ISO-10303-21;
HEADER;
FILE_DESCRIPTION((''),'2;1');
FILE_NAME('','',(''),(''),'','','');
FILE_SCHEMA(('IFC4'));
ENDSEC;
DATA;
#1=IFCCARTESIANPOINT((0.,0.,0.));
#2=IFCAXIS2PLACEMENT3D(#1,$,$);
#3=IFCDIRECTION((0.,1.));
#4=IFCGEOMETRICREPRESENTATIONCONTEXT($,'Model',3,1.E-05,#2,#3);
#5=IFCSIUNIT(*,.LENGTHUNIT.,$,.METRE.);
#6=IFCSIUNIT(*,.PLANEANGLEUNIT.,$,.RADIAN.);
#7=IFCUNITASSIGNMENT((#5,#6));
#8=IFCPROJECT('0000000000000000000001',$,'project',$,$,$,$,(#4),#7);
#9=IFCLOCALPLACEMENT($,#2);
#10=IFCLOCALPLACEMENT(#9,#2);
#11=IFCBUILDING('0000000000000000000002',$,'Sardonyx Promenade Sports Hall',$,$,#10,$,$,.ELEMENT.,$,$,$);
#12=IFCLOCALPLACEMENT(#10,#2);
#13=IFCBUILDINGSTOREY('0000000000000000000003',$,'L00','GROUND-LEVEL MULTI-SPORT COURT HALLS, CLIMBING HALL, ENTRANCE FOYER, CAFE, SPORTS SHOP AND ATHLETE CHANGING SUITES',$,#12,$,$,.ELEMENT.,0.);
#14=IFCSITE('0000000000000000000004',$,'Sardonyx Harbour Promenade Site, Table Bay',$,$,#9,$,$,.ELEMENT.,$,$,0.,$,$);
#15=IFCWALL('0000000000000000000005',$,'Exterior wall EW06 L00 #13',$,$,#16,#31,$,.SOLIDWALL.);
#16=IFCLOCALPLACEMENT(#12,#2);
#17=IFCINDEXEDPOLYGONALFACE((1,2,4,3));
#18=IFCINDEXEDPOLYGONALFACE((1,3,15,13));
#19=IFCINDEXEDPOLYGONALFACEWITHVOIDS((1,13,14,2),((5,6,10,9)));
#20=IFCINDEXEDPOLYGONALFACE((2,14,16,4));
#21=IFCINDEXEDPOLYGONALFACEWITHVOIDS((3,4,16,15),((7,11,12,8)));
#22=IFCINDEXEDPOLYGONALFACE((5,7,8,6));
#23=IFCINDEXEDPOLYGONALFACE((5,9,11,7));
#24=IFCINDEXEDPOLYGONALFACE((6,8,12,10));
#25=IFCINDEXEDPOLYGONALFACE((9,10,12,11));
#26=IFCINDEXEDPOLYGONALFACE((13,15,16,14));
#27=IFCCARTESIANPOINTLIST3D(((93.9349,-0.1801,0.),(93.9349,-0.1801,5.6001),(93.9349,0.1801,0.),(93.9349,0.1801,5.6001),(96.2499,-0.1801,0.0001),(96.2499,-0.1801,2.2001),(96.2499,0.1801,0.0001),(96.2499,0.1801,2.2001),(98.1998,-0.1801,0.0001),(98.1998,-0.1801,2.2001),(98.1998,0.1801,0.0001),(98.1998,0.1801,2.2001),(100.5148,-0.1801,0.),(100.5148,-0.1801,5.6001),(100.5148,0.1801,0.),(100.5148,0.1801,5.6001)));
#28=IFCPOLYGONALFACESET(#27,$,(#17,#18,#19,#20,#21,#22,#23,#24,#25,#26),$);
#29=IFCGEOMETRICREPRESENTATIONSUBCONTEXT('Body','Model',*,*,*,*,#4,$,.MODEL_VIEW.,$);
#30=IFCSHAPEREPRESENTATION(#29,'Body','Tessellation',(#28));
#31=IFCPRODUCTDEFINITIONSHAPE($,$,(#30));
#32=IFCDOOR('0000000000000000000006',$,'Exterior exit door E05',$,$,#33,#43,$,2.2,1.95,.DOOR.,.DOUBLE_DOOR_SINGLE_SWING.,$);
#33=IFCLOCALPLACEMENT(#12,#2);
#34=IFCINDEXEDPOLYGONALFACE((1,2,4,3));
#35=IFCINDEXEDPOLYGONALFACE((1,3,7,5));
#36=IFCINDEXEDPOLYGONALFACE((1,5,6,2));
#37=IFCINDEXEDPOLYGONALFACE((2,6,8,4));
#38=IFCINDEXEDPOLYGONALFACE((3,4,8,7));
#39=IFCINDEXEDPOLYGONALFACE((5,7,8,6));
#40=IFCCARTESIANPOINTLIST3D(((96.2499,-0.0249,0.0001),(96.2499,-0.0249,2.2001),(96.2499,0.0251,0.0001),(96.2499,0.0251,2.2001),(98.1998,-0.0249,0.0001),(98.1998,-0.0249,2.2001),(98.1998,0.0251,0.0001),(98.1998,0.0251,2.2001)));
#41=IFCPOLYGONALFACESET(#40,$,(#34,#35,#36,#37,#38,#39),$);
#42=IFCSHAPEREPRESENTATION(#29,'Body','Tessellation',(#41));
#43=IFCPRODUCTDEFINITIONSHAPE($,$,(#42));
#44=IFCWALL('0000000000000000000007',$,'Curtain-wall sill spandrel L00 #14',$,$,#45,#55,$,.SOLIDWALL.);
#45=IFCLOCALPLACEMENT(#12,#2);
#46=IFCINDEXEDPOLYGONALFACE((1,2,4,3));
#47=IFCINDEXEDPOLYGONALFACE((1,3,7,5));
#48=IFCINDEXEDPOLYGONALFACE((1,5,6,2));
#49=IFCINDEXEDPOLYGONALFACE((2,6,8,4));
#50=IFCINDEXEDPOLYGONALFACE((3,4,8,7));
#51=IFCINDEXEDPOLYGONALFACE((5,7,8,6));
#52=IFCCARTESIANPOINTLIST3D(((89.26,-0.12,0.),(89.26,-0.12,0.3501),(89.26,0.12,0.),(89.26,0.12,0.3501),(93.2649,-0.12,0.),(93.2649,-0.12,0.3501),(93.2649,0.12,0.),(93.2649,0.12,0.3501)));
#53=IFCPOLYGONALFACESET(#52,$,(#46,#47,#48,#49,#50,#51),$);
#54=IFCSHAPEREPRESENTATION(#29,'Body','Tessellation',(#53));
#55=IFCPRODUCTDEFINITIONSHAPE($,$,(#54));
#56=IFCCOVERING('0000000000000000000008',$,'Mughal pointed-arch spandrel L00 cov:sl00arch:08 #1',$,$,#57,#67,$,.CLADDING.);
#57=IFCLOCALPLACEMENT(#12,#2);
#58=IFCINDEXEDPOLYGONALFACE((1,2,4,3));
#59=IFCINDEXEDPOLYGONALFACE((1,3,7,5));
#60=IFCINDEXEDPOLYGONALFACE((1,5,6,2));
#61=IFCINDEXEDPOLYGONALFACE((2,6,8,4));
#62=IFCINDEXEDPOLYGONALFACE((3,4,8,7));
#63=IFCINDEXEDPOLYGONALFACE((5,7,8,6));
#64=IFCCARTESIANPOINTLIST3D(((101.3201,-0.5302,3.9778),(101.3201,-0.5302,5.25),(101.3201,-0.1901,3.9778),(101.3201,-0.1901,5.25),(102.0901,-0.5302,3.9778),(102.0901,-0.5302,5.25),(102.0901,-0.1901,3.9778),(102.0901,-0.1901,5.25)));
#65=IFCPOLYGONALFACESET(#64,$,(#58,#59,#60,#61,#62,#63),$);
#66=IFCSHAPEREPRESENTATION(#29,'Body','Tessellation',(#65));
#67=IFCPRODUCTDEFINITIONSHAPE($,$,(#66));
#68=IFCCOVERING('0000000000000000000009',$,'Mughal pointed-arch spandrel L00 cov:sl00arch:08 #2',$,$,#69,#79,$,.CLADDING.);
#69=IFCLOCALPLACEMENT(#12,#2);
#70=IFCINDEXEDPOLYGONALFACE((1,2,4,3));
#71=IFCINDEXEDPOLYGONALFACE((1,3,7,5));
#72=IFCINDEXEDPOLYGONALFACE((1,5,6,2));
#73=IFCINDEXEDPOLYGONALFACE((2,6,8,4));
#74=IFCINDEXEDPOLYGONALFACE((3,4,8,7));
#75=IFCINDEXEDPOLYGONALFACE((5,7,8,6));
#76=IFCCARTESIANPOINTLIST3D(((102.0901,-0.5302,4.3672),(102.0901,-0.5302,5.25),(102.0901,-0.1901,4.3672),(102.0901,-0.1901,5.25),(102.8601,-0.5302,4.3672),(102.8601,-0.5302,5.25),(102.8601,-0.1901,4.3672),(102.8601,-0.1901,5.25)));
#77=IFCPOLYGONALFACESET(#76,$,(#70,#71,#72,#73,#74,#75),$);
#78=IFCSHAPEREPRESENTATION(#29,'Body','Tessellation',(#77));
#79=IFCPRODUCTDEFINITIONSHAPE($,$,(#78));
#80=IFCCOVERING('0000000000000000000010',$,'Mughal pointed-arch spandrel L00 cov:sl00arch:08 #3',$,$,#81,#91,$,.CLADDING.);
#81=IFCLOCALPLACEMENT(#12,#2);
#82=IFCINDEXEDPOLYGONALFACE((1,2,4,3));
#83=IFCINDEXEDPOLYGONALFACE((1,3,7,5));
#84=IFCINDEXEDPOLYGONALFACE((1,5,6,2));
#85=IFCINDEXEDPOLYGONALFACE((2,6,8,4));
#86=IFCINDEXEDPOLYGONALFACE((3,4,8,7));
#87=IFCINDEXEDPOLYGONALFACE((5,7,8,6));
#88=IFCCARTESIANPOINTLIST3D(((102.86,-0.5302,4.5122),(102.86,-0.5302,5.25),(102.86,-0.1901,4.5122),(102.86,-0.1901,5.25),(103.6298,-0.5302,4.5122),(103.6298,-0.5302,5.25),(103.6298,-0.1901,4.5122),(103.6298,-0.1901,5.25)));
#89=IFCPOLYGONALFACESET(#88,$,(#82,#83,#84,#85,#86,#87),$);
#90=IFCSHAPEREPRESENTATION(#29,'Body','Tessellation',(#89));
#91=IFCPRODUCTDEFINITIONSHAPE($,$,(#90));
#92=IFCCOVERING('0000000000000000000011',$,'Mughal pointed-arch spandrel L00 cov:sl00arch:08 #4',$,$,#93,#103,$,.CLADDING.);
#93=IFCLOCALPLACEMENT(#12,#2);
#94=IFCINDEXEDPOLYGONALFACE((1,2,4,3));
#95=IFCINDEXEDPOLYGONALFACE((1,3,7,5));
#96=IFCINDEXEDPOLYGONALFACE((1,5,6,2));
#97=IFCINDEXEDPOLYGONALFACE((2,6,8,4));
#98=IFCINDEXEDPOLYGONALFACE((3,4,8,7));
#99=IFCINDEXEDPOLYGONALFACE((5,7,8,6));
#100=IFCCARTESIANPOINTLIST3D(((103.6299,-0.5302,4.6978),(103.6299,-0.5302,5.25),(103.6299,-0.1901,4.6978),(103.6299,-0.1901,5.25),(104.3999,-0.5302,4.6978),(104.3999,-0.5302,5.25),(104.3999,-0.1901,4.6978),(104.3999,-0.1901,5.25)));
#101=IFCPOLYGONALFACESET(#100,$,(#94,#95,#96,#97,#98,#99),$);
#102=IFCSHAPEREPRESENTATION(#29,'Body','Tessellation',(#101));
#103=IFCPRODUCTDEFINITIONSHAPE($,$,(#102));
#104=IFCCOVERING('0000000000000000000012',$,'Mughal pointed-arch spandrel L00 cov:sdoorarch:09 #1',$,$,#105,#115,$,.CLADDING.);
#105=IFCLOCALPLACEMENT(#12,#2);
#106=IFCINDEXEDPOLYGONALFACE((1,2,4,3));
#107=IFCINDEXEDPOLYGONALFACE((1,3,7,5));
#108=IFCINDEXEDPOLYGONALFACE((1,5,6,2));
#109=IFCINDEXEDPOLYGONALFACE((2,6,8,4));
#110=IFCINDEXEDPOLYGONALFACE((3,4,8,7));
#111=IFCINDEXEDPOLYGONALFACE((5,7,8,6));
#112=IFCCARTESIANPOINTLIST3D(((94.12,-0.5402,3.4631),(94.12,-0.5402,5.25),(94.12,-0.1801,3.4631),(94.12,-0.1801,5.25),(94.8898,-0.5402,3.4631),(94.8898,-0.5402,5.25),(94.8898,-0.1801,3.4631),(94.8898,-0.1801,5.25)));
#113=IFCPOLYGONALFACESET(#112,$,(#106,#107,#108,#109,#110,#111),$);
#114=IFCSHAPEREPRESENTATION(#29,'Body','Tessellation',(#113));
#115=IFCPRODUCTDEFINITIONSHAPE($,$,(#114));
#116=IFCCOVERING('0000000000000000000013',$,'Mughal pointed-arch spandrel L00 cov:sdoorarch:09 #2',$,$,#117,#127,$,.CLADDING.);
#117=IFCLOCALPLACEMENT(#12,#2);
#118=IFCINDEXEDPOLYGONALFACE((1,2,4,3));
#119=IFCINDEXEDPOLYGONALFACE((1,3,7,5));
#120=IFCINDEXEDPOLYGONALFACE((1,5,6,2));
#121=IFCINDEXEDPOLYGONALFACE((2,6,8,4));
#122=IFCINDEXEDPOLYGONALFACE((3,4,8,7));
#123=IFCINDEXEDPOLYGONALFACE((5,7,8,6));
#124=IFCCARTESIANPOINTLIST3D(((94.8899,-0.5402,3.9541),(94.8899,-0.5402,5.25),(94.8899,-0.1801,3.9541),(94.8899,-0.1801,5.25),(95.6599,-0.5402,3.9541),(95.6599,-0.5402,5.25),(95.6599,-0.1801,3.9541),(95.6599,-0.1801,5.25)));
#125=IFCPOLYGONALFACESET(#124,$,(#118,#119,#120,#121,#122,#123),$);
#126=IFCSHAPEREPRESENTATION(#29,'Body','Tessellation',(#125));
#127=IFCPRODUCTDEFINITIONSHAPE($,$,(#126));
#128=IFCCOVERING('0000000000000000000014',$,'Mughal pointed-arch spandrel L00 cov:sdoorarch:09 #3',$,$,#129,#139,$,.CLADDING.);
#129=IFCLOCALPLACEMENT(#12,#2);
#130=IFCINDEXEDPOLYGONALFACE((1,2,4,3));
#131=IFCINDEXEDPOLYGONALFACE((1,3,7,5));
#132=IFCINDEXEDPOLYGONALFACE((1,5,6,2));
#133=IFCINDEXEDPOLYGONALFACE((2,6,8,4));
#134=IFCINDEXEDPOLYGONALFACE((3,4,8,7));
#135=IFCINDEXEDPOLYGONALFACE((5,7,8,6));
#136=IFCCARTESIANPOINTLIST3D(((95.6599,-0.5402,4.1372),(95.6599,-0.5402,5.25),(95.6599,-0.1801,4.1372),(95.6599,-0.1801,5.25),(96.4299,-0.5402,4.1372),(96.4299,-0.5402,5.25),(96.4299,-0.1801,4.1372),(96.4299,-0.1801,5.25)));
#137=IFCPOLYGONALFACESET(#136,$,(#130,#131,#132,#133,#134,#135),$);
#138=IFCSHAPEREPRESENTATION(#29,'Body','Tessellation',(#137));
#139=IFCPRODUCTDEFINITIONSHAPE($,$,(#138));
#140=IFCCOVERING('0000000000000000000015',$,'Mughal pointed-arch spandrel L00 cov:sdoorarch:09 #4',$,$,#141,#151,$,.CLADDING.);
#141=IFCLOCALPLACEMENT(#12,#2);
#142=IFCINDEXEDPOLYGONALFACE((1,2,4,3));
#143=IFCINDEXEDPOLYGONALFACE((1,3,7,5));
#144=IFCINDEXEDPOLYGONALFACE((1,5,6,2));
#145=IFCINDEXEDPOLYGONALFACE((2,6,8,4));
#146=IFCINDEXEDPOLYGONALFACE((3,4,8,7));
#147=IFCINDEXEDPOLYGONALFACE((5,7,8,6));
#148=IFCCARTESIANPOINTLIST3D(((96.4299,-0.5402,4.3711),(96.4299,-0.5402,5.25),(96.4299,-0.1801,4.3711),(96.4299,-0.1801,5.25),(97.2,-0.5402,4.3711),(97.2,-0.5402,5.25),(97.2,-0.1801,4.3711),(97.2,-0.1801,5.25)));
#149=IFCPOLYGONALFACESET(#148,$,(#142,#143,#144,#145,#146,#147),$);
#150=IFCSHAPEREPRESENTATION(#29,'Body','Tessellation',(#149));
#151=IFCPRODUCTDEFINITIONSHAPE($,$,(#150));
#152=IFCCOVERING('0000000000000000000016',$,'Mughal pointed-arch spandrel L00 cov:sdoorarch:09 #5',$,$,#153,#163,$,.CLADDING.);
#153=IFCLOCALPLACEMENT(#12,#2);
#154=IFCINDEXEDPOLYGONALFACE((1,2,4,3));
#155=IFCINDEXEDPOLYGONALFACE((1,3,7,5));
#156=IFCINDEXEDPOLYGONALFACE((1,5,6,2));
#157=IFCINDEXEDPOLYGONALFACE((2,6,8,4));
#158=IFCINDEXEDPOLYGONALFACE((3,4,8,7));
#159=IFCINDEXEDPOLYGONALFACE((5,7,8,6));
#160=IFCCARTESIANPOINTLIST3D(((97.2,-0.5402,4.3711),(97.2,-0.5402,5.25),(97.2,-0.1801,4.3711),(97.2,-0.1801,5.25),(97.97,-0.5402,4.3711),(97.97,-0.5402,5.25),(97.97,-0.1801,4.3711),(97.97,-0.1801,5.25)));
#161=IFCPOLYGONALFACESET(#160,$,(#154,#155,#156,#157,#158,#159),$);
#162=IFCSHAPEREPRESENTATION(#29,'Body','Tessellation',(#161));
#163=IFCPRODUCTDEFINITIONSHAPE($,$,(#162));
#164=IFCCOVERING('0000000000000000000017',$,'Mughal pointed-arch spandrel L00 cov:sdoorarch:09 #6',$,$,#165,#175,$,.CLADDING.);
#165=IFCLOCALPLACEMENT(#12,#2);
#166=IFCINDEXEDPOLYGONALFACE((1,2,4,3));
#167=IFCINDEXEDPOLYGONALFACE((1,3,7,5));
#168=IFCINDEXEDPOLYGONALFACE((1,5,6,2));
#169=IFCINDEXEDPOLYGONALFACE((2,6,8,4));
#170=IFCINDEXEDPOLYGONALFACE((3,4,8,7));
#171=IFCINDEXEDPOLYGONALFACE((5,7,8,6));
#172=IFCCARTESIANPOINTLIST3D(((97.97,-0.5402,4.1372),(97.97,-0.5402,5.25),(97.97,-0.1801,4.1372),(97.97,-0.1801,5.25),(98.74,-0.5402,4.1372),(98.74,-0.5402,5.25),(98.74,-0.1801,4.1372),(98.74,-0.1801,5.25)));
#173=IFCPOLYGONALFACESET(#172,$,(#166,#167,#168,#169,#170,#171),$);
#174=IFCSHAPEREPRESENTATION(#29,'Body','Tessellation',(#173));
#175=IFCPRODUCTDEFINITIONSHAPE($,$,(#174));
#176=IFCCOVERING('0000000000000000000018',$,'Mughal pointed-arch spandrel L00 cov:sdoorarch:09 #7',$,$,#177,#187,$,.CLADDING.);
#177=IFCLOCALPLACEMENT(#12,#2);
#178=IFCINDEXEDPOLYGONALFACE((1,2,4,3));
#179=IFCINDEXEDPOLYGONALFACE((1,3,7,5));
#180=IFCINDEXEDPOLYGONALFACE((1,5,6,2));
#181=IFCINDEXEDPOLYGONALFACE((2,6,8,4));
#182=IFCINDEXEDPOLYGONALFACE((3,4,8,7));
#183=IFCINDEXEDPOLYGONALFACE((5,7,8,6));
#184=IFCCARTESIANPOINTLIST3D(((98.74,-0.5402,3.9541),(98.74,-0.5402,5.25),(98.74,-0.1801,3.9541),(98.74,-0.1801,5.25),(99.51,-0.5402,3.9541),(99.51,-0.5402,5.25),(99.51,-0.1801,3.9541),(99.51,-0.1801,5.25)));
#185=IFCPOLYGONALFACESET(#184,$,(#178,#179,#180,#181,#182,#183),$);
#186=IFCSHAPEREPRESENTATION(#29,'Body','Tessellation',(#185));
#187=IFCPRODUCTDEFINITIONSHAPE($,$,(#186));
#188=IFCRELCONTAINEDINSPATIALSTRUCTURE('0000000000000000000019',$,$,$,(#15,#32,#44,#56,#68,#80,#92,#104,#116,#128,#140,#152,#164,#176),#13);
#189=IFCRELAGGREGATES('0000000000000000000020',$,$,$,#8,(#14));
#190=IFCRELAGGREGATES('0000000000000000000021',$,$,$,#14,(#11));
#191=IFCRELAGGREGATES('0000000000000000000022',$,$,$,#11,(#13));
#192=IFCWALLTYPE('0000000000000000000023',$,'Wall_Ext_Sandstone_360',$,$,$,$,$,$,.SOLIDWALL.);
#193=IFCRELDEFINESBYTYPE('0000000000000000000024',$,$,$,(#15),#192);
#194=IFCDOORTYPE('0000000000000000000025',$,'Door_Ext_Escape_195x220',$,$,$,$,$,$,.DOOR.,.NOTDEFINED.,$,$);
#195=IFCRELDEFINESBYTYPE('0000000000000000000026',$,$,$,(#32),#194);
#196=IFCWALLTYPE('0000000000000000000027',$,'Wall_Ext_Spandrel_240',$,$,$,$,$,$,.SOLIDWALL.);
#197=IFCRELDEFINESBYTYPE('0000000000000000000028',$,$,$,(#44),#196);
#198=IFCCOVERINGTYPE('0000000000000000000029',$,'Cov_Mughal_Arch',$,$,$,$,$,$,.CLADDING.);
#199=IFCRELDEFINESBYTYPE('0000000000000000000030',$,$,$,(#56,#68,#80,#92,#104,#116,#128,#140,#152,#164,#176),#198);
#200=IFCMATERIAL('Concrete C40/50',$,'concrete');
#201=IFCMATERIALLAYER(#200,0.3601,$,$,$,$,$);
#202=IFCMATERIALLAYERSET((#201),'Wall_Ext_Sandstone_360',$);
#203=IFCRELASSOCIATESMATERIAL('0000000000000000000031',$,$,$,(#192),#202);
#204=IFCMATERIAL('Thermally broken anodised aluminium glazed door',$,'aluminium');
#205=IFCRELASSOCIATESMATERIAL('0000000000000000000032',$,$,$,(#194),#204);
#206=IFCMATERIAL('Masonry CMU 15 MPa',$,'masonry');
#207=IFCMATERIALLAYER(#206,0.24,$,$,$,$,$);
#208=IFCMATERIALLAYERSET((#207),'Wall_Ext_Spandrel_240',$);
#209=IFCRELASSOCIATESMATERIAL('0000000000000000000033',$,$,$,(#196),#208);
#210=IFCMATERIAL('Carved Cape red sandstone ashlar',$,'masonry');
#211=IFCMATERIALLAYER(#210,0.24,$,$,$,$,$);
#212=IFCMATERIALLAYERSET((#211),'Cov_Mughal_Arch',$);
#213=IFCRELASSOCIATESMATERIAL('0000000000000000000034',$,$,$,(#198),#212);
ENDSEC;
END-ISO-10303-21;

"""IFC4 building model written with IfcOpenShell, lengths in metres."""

from ifc_helpers import new_model, si_unit, direction, frame, frame_2d, origin, place, context, subcontext, project, spatial, rectangle, extrude, material, layer, layer_set, type_object, element, fill, save


model = new_model("IFC4")

# Units and contexts
model_context = context("Model", 3, precision=1e-05, world=origin(), true_north=direction((0.0, 1.0)))
body_context = subcontext(model_context, "Body", "Model", "MODEL_VIEW")
ifc_project = project(units=[si_unit("LENGTHUNIT", "METRE"), si_unit("PLANEANGLEUNIT", "RADIAN")], contexts=[model_context])

# Site, building, storey
site_placement = place(None, origin())
site = spatial("IfcSite", under=ifc_project, at=site_placement, Name="Sardonyx Harbour Promenade Site, Table Bay", CompositionType="ELEMENT", RefElevation=0.0)
building_placement = place(site_placement, origin())
building = spatial("IfcBuilding", under=site, at=building_placement, Name="Sardonyx Promenade Sports Hall", CompositionType="ELEMENT")
storey_placement = place(building_placement, origin())
storey = spatial("IfcBuildingStorey", under=building, at=storey_placement, Name="L00", Description="GROUND-LEVEL MULTI-SPORT COURT HALLS, CLIMBING HALL, ENTRANCE FOYER, CAFE, SPORTS SHOP AND ATHLETE CHANGING SUITES", CompositionType="ELEMENT", Elevation=0.0)

# Wall, opening, door
ifc_material_1 = material(Name="Concrete C40/50", Category="concrete")
ifc_layer_1 = layer(ifc_material_1, 0.3601)
ifc_layer_set_1 = layer_set([ifc_layer_1], Name="Wall_Ext_Sandstone_360")
wall_type_1 = type_object("IfcWallType", Name="Wall_Ext_Sandstone_360", PredefinedType="SOLIDWALL", material=ifc_layer_set_1)
wall_1_placement = place(storey_placement, frame((100.5149, 0.0, 0.0), z_axis=(0.0, 0.0, 1.0), x_axis=(-1.0, 0.0, 0.0)))
wall_1 = element("IfcWall", 1, at=wall_1_placement, inside=storey, type_object=wall_type_1, Name="Exterior wall EW06 L00 #13", PredefinedType="SOLIDWALL", context=body_context, shape_type="SweptSolid", body=[
    extrude(rectangle(XDim=6.5798, YDim=0.3601, at=frame_2d((3.29, 0.0))), origin(), (0.0, 0.0, 1.0), 5.6001),
])
opening_placement = place(wall_1_placement, frame((2.3149, 0.0, 0.0)))
opening = element("IfcOpeningElement", 2, at=opening_placement, cuts=wall_1, PredefinedType="OPENING", context=body_context, shape_type="SweptSolid", body=[
    extrude(rectangle(XDim=1.95, YDim=2.2, at=frame_2d((0.9751, 1.1001))), frame((0.0, 0.19, 0.0), z_axis=(0.0, -1.0, 0.0), x_axis=(1.0, 0.0, 0.0)), (0.0, 0.0, 1.0), 0.38),
])
ifc_material_2 = material(Name="Thermally broken anodised aluminium glazed door", Category="aluminium")
door_type = type_object("IfcDoorType", Name="Door_Ext_Escape_195x220", OperationType="NOTDEFINED", PredefinedType="DOOR", material=ifc_material_2)
door_placement = place(opening_placement, origin())
door = element("IfcDoor", 3, at=door_placement, inside=storey, type_object=door_type, Name="Exterior exit door E05", OperationType="DOUBLE_DOOR_SINGLE_SWING", OverallHeight=2.2, OverallWidth=1.95, PredefinedType="DOOR", context=body_context, shape_type="SweptSolid", body=[
    extrude(rectangle(XDim=1.95, YDim=2.2, at=frame_2d((0.9751, 1.1001))), frame((0.0, 0.0249, 0.0), z_axis=(0.0, -1.0, 0.0), x_axis=(1.0, 0.0, 0.0)), (0.0, 0.0, 1.0), 0.05),
])
fill(opening, door)

# Wall
ifc_material_3 = material(Name="Masonry CMU 15 MPa", Category="masonry")
ifc_layer_2 = layer(ifc_material_3, 0.24)
ifc_layer_set_2 = layer_set([ifc_layer_2], Name="Wall_Ext_Spandrel_240")
wall_type_2 = type_object("IfcWallType", Name="Wall_Ext_Spandrel_240", PredefinedType="SOLIDWALL", material=ifc_layer_set_2)
wall_2_placement = place(storey_placement, frame((93.2649, 0.0, 0.0), z_axis=(0.0, 0.0, 1.0), x_axis=(-1.0, 0.0, 0.0)))
element("IfcWall", 4, at=wall_2_placement, inside=storey, type_object=wall_type_2, Name="Curtain-wall sill spandrel L00 #14", PredefinedType="SOLIDWALL", context=body_context, shape_type="SweptSolid", body=[
    extrude(rectangle(XDim=4.0049, YDim=0.24, at=frame_2d((2.0024, 0.0))), origin(), (0.0, 0.0, 1.0), 0.3501),
])

# Coverings
ifc_material_4 = material(Name="Carved Cape red sandstone ashlar", Category="masonry")
ifc_layer_3 = layer(ifc_material_4, 0.24)
ifc_layer_set_3 = layer_set([ifc_layer_3], Name="Cov_Mughal_Arch")
covering_type = type_object("IfcCoveringType", Name="Cov_Mughal_Arch", PredefinedType="CLADDING", material=ifc_layer_set_3)
covering_1_placement = place(storey_placement, frame((101.3201, -0.3601, 3.9778), z_axis=(0.0, 0.0, 1.0), x_axis=(1.0, 0.0, 0.0)))
element("IfcCovering", 5, at=covering_1_placement, inside=storey, type_object=covering_type, Name="Mughal pointed-arch spandrel L00 cov:sl00arch:08 #1", PredefinedType="CLADDING", context=body_context, shape_type="SweptSolid", body=[
    extrude(rectangle(XDim=0.77, YDim=0.3401, at=frame_2d((0.385, 0.0))), origin(), (0.0, 0.0, 1.0), 1.2722),
])
covering_2_placement = place(storey_placement, frame((102.0901, -0.3601, 4.3672), z_axis=(0.0, 0.0, 1.0), x_axis=(1.0, 0.0, 0.0)))
element("IfcCovering", 6, at=covering_2_placement, inside=storey, type_object=covering_type, Name="Mughal pointed-arch spandrel L00 cov:sl00arch:08 #2", PredefinedType="CLADDING", context=body_context, shape_type="SweptSolid", body=[
    extrude(rectangle(XDim=0.77, YDim=0.3401, at=frame_2d((0.385, 0.0))), origin(), (0.0, 0.0, 1.0), 0.8828),
])
covering_3_placement = place(storey_placement, frame((102.8601, -0.3601, 4.5122), z_axis=(0.0, 0.0, 1.0), x_axis=(1.0, 0.0, 0.0)))
element("IfcCovering", 7, at=covering_3_placement, inside=storey, type_object=covering_type, Name="Mughal pointed-arch spandrel L00 cov:sl00arch:08 #3", PredefinedType="CLADDING", context=body_context, shape_type="SweptSolid", body=[
    extrude(rectangle(XDim=0.7698, YDim=0.3401, at=frame_2d((0.3848, 0.0))), origin(), (0.0, 0.0, 1.0), 0.7378),
])
covering_4_placement = place(storey_placement, frame((103.6299, -0.3601, 4.6978), z_axis=(0.0, 0.0, 1.0), x_axis=(1.0, 0.0, 0.0)))
element("IfcCovering", 8, at=covering_4_placement, inside=storey, type_object=covering_type, Name="Mughal pointed-arch spandrel L00 cov:sl00arch:08 #4", PredefinedType="CLADDING", context=body_context, shape_type="SweptSolid", body=[
    extrude(rectangle(XDim=0.77, YDim=0.3401, at=frame_2d((0.385, 0.0))), origin(), (0.0, 0.0, 1.0), 0.5522),
])
covering_5_placement = place(storey_placement, frame((94.1201, -0.3601, 3.4631), z_axis=(0.0, 0.0, 1.0), x_axis=(1.0, 0.0, 0.0)))
element("IfcCovering", 9, at=covering_5_placement, inside=storey, type_object=covering_type, Name="Mughal pointed-arch spandrel L00 cov:sdoorarch:09 #1", PredefinedType="CLADDING", context=body_context, shape_type="SweptSolid", body=[
    extrude(rectangle(XDim=0.7698, YDim=0.3601, at=frame_2d((0.3848, 0.0))), origin(), (0.0, 0.0, 1.0), 1.7869),
])
covering_6_placement = place(storey_placement, frame((94.8899, -0.3601, 3.9541), z_axis=(0.0, 0.0, 1.0), x_axis=(1.0, 0.0, 0.0)))
element("IfcCovering", 10, at=covering_6_placement, inside=storey, type_object=covering_type, Name="Mughal pointed-arch spandrel L00 cov:sdoorarch:09 #2", PredefinedType="CLADDING", context=body_context, shape_type="SweptSolid", body=[
    extrude(rectangle(XDim=0.77, YDim=0.3601, at=frame_2d((0.385, 0.0))), origin(), (0.0, 0.0, 1.0), 1.2959),
])
covering_7_placement = place(storey_placement, frame((95.6599, -0.3601, 4.1372), z_axis=(0.0, 0.0, 1.0), x_axis=(1.0, 0.0, 0.0)))
element("IfcCovering", 11, at=covering_7_placement, inside=storey, type_object=covering_type, Name="Mughal pointed-arch spandrel L00 cov:sdoorarch:09 #3", PredefinedType="CLADDING", context=body_context, shape_type="SweptSolid", body=[
    extrude(rectangle(XDim=0.77, YDim=0.3601, at=frame_2d((0.385, 0.0))), origin(), (0.0, 0.0, 1.0), 1.1128),
])
for number, where, z_axis, x_axis, name in (
    (12, (96.4299, -0.3601, 4.3711), (0.0, 0.0, 1.0), (1.0, 0.0, 0.0), "Mughal pointed-arch spandrel L00 cov:sdoorarch:09 #4"),
    (13, (97.2, -0.3601, 4.3711), (0.0, 0.0, 1.0), (1.0, 0.0, 0.0), "Mughal pointed-arch spandrel L00 cov:sdoorarch:09 #5"),
):
    element("IfcCovering", number, at=place(storey_placement, frame(where, z_axis=z_axis, x_axis=x_axis)), inside=storey, type_object=covering_type, Name=name, PredefinedType="CLADDING", context=body_context, shape_type="SweptSolid", body=[
        extrude(rectangle(XDim=0.77, YDim=0.3601, at=frame_2d((0.385, 0.0))), origin(), (0.0, 0.0, 1.0), 0.8789),
    ])
covering_8_placement = place(storey_placement, frame((97.97, -0.3601, 4.1372), z_axis=(0.0, 0.0, 1.0), x_axis=(1.0, 0.0, 0.0)))
element("IfcCovering", 14, at=covering_8_placement, inside=storey, type_object=covering_type, Name="Mughal pointed-arch spandrel L00 cov:sdoorarch:09 #6", PredefinedType="CLADDING", context=body_context, shape_type="SweptSolid", body=[
    extrude(rectangle(XDim=0.77, YDim=0.3601, at=frame_2d((0.385, 0.0))), origin(), (0.0, 0.0, 1.0), 1.1128),
])
covering_9_placement = place(storey_placement, frame((98.74, -0.3601, 3.9541), z_axis=(0.0, 0.0, 1.0), x_axis=(1.0, 0.0, 0.0)))
element("IfcCovering", 15, at=covering_9_placement, inside=storey, type_object=covering_type, Name="Mughal pointed-arch spandrel L00 cov:sdoorarch:09 #7", PredefinedType="CLADDING", context=body_context, shape_type="SweptSolid", body=[
    extrude(rectangle(XDim=0.77, YDim=0.3601, at=frame_2d((0.385, 0.0))), origin(), (0.0, 0.0, 1.0), 1.2959),
])

save(model, "model.ifc")
